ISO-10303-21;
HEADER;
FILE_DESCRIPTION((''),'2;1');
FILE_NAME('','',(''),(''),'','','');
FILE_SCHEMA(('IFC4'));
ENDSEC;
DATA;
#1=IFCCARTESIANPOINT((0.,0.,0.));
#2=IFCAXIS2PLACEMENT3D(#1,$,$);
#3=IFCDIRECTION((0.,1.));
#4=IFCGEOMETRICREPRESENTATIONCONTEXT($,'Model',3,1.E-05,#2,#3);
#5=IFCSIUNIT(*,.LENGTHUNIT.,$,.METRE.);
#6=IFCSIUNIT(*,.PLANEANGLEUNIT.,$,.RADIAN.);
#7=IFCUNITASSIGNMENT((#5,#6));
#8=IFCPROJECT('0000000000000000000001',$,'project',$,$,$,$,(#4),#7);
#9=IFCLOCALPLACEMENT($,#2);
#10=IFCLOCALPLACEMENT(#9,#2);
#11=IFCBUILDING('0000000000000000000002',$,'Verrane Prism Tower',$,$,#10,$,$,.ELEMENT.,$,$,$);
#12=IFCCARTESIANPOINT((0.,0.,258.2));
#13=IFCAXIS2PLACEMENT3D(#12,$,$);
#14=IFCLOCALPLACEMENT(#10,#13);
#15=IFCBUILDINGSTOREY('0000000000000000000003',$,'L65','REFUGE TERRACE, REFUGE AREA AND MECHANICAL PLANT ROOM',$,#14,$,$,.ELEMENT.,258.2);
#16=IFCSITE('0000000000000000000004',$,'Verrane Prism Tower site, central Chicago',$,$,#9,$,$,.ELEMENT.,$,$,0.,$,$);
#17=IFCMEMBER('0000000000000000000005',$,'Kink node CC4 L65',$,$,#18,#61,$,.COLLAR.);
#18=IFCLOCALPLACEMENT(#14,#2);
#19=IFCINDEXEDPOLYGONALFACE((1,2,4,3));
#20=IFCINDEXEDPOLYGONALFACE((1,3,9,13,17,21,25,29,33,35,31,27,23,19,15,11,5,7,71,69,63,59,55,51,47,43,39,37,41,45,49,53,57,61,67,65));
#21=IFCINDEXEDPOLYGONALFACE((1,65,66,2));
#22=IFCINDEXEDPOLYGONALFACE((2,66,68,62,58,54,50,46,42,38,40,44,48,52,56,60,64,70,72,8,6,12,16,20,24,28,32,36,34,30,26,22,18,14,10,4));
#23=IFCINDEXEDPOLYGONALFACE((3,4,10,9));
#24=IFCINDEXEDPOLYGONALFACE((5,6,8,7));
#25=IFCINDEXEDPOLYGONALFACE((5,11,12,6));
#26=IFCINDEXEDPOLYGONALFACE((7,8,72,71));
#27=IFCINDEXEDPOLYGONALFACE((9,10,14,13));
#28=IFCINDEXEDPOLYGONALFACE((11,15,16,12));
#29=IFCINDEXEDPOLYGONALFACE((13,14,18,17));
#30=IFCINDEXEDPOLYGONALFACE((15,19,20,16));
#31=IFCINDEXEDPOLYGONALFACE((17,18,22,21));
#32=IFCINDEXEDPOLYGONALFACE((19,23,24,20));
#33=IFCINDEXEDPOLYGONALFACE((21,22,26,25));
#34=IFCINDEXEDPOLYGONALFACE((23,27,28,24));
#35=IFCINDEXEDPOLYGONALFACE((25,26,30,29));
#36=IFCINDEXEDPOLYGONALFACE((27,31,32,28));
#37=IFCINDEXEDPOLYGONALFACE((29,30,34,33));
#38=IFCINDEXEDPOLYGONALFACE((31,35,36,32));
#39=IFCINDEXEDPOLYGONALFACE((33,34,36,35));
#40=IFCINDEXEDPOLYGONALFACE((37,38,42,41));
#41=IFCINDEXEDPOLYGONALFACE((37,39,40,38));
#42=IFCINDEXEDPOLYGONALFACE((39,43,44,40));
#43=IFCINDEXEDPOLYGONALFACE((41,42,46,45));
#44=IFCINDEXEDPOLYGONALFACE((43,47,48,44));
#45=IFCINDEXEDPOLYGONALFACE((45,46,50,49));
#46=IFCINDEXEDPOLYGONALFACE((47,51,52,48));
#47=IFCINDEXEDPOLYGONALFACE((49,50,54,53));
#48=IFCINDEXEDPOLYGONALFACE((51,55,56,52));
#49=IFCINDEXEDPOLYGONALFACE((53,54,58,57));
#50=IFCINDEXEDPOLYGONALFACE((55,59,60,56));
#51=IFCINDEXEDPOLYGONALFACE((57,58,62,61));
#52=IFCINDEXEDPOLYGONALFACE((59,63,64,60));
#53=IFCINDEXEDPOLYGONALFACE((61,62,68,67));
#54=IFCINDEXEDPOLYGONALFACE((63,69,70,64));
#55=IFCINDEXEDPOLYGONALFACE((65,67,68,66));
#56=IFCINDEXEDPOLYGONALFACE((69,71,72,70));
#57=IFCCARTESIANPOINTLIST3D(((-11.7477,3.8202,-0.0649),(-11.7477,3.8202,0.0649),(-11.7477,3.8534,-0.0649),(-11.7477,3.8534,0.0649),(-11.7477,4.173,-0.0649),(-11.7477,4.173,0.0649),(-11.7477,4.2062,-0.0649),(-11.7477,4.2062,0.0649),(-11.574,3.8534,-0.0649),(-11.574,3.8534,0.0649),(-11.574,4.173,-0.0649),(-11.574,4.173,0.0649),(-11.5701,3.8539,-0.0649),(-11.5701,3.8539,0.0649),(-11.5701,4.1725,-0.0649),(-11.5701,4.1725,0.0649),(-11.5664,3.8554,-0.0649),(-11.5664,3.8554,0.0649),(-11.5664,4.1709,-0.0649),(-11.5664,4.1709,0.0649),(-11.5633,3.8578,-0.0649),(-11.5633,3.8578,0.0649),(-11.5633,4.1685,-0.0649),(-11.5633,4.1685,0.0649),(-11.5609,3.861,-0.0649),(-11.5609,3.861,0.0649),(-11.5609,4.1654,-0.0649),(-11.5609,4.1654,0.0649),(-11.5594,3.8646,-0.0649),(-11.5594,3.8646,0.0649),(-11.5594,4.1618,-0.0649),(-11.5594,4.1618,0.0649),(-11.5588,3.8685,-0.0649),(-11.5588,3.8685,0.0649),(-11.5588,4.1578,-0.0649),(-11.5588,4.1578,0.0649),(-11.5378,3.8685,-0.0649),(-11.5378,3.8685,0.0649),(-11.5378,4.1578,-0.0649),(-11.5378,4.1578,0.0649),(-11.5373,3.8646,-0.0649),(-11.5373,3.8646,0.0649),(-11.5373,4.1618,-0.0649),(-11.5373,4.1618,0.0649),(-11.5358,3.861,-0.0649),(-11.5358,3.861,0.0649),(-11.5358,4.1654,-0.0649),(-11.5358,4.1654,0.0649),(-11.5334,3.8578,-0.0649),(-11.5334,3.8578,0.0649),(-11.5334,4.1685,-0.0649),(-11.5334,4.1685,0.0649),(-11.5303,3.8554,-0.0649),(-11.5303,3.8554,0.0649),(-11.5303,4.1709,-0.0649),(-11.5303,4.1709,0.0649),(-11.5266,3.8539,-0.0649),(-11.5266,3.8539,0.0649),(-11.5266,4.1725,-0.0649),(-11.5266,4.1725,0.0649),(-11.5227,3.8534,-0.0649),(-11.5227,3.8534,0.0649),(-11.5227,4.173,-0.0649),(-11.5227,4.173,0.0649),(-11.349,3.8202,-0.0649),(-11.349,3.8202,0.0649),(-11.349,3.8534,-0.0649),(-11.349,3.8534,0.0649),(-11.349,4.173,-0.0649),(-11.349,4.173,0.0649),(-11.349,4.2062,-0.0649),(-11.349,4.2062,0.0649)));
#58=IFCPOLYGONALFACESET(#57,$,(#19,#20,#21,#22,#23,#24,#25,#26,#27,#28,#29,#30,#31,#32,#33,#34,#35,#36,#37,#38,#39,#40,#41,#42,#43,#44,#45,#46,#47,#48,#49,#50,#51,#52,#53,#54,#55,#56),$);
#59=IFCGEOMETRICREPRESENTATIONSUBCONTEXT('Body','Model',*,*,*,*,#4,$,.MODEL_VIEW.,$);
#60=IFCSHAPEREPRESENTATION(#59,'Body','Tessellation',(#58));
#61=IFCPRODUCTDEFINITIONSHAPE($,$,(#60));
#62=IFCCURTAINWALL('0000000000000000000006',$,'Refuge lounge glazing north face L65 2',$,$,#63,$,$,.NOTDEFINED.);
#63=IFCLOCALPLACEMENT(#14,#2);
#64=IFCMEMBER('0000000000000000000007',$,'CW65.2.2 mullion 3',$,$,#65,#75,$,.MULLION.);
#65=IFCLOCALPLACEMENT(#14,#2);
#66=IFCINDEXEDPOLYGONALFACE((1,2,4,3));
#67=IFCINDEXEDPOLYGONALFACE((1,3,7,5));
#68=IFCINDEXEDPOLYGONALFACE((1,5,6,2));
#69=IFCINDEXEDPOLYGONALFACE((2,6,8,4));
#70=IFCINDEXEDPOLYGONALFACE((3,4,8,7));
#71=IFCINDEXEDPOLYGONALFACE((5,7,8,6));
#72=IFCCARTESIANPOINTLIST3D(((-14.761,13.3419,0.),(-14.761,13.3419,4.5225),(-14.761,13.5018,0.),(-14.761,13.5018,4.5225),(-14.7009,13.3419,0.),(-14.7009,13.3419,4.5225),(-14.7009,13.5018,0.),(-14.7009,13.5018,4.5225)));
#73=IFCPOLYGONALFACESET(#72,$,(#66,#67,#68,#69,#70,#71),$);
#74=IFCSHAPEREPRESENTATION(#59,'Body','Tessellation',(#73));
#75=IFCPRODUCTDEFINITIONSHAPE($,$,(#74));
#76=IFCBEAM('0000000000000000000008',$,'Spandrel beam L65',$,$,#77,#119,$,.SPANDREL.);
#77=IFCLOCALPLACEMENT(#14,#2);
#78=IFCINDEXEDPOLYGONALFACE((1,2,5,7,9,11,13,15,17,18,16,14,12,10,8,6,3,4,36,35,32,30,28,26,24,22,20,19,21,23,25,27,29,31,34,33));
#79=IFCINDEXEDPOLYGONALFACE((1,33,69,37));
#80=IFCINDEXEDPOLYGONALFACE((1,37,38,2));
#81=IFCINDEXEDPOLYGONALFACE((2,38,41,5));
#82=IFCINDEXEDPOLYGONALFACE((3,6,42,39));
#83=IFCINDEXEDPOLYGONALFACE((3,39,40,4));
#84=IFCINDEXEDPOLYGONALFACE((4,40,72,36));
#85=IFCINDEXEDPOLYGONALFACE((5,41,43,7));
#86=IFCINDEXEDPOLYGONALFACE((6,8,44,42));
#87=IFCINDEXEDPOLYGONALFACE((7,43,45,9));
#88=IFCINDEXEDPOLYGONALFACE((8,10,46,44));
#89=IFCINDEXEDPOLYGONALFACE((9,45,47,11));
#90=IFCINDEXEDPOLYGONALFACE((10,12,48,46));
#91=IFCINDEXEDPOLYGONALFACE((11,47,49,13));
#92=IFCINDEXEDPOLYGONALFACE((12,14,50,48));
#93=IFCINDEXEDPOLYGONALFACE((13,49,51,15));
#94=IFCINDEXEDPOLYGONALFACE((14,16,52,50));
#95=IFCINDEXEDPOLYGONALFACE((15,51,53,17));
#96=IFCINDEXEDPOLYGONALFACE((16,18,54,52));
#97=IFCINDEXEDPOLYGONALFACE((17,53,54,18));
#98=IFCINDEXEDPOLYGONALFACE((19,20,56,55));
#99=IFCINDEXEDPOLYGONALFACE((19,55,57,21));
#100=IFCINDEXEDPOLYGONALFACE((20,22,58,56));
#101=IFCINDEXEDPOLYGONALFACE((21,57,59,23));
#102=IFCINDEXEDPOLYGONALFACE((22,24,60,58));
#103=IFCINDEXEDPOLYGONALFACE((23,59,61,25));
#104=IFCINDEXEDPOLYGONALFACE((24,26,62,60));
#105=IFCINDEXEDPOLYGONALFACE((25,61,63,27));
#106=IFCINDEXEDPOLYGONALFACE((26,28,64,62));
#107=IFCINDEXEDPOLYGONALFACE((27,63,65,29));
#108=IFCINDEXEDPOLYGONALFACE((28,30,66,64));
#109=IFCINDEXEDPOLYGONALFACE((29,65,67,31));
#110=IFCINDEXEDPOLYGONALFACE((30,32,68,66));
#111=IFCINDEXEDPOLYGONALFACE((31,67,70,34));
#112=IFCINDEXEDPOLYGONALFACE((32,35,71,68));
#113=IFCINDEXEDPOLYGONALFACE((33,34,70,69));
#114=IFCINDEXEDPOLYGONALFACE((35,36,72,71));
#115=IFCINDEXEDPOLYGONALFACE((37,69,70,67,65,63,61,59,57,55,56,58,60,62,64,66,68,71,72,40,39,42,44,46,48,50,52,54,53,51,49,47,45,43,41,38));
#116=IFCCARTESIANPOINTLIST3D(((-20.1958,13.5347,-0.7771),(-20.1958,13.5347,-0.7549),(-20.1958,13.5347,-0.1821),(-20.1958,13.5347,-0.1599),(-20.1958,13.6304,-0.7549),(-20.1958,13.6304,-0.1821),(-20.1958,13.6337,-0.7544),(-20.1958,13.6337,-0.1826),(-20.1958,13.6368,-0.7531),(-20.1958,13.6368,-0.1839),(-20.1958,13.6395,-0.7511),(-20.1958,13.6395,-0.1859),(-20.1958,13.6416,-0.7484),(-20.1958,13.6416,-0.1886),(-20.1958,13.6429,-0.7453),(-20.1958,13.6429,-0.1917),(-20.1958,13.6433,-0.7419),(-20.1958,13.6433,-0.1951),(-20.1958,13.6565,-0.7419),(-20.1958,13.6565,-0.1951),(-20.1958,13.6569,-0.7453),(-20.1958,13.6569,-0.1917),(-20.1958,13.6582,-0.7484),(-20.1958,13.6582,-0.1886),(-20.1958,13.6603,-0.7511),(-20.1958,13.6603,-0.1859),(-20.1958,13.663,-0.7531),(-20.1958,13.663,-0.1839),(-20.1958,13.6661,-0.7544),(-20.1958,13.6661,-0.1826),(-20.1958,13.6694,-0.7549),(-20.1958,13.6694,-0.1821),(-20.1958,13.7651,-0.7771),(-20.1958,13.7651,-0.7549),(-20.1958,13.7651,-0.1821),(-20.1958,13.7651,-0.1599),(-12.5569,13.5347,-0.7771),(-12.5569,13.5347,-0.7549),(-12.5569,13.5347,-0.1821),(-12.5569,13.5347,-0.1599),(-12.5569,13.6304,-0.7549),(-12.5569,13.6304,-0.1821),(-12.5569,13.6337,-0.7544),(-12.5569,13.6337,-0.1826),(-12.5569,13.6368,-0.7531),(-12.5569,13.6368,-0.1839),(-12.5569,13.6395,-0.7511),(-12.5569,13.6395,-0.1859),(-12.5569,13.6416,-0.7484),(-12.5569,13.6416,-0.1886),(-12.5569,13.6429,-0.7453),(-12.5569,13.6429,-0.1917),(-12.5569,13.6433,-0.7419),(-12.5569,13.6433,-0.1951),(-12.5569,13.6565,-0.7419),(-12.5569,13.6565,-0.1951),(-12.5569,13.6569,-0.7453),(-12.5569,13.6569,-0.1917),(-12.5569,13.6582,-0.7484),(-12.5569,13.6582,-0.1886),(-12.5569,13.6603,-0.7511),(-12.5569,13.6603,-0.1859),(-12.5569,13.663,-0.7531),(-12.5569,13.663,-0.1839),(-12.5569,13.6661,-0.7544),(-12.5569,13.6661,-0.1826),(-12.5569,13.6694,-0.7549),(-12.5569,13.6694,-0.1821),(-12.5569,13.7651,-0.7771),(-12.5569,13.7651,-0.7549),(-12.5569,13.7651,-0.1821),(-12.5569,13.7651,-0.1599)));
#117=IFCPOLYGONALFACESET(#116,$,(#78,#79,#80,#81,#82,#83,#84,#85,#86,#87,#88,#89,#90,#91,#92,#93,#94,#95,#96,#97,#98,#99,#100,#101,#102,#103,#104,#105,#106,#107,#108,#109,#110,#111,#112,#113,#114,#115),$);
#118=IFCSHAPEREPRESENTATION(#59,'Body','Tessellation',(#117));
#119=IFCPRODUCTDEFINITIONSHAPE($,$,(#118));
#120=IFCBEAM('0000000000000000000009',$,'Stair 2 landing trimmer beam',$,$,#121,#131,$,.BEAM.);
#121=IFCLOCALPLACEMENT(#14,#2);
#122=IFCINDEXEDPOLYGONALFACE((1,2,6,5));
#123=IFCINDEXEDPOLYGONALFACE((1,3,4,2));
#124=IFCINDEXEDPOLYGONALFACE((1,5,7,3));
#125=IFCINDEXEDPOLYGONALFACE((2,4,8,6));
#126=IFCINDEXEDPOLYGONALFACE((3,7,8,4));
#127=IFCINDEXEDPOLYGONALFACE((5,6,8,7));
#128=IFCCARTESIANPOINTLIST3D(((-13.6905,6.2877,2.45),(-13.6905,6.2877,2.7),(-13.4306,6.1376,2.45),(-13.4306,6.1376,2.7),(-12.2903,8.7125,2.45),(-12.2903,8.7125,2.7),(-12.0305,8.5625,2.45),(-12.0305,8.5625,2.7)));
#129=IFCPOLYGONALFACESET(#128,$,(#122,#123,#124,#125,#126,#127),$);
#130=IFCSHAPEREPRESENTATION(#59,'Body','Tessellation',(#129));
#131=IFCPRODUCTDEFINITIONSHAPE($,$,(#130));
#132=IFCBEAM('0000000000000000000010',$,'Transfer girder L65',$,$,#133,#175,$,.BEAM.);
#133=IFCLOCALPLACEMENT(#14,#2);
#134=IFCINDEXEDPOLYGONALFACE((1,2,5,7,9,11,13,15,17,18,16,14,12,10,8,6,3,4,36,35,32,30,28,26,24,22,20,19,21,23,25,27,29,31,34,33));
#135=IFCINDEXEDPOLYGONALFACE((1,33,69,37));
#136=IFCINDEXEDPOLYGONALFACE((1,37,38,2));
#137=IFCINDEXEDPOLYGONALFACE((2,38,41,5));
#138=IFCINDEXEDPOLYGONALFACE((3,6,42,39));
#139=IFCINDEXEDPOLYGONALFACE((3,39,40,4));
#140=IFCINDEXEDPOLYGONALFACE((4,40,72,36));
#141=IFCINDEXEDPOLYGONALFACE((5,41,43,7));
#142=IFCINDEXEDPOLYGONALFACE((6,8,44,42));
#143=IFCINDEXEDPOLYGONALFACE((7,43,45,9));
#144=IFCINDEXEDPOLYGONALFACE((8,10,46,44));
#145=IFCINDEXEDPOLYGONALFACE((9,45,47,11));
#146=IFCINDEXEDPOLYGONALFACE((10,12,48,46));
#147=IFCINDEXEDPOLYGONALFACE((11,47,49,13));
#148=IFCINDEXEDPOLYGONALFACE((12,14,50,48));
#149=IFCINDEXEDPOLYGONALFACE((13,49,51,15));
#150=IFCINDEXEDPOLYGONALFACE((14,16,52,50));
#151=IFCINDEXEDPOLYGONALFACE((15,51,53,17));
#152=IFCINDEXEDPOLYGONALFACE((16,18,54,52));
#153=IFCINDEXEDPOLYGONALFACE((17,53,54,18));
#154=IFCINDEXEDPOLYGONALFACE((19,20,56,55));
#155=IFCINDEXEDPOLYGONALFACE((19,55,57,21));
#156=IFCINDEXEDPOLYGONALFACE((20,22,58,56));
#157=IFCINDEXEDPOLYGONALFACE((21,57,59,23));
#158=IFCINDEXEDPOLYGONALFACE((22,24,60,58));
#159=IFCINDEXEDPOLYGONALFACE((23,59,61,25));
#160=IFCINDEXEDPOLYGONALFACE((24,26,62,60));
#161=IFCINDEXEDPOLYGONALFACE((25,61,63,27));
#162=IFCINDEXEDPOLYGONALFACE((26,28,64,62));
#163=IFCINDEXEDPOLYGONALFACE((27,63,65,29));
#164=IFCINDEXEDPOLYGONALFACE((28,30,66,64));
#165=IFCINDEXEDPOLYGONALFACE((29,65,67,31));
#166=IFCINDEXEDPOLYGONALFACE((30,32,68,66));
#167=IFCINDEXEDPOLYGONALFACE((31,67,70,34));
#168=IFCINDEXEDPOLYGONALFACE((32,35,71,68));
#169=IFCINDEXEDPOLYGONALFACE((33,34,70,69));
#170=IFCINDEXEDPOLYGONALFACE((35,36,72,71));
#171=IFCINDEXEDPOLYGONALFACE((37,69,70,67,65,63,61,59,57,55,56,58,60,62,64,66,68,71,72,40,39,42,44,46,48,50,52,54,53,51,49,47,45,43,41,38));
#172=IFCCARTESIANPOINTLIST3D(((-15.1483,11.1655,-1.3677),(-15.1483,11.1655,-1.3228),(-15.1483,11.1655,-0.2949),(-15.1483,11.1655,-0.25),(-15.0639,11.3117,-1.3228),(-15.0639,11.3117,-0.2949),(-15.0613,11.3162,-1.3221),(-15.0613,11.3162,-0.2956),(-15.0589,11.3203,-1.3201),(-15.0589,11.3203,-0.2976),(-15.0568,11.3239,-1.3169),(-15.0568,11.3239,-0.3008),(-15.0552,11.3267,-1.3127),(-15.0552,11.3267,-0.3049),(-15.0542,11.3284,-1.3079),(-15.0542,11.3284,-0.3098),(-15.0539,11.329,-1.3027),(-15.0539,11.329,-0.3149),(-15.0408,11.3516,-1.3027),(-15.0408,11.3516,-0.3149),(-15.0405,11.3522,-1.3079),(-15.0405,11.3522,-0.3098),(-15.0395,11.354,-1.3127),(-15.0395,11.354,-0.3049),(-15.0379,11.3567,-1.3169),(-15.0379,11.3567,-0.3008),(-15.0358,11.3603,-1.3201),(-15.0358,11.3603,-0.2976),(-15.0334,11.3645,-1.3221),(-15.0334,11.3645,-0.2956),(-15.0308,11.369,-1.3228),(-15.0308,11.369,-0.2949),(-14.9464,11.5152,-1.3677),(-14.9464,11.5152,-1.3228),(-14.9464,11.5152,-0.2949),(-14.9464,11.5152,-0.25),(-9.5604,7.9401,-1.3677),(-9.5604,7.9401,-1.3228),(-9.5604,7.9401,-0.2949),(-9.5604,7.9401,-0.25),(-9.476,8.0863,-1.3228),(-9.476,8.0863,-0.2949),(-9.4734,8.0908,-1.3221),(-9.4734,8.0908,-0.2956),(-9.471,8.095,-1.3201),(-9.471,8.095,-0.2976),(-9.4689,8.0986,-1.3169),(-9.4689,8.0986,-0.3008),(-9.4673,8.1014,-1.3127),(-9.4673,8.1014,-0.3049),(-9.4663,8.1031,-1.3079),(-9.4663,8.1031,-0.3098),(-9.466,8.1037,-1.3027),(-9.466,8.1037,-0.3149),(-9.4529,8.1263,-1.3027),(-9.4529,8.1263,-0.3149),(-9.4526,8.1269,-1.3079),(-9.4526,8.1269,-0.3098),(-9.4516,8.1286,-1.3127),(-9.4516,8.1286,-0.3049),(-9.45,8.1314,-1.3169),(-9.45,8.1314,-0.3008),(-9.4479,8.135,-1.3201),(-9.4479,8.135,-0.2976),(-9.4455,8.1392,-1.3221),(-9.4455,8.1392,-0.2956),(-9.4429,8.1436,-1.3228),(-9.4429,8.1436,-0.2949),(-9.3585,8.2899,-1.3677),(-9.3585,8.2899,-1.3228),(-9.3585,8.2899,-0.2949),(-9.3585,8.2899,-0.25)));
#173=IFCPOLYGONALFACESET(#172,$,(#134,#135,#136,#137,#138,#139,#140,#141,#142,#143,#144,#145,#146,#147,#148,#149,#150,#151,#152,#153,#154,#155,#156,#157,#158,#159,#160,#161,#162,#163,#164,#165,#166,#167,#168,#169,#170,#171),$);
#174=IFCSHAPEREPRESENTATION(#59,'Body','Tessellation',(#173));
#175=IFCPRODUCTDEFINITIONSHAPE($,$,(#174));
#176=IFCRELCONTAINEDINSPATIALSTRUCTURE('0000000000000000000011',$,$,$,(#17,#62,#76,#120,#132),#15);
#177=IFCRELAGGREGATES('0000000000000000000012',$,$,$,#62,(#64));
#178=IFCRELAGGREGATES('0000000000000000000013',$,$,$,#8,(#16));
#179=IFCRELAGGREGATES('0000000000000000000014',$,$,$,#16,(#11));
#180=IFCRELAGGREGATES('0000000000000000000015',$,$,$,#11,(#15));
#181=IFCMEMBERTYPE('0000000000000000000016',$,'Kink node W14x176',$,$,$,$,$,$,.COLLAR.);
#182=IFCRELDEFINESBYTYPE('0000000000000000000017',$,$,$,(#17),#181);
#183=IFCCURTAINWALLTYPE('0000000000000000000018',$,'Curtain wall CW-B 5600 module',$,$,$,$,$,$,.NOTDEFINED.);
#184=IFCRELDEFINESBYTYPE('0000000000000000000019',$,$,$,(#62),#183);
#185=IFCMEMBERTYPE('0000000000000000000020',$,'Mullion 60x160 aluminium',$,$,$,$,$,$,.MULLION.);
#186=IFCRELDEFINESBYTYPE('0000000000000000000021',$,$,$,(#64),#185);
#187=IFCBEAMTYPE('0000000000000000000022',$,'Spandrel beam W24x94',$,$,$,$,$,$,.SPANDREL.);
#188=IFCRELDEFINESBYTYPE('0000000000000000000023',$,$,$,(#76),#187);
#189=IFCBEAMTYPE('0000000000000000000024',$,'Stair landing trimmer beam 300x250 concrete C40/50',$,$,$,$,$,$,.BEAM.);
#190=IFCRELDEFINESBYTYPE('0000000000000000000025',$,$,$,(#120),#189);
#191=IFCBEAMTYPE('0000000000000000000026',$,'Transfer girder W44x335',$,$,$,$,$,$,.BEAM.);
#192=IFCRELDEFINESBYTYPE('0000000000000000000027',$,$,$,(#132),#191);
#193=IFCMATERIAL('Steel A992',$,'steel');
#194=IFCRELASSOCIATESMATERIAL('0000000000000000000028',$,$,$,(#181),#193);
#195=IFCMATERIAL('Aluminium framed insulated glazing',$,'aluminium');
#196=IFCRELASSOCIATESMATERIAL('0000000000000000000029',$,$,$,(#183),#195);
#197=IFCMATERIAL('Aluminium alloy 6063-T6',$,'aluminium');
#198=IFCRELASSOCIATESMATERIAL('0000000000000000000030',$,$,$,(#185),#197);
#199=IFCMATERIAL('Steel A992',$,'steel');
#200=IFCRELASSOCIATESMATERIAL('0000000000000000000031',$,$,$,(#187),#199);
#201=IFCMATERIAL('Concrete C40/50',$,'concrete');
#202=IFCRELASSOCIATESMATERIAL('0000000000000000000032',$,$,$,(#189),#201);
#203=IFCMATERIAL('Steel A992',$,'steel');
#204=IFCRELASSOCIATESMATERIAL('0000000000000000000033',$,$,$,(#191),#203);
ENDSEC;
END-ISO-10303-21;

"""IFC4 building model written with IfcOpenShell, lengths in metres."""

from ifc_helpers import new_model, si_unit, direction, frame, origin, origin_2d, place, context, subcontext, project, spatial, rectangle, i_section, extrude, material, material_profile, profile_set, type_object, element, aggregate, save


model = new_model("IFC4")

# Units and contexts
model_context = context("Model", 3, precision=1e-05, world=origin(), true_north=direction((0.0, 1.0)))
body_context = subcontext(model_context, "Body", "Model", "MODEL_VIEW")
ifc_project = project(units=[si_unit("LENGTHUNIT", "METRE"), si_unit("PLANEANGLEUNIT", "RADIAN")], contexts=[model_context])

# Site, building, storey
site_placement = place(None, origin())
site = spatial("IfcSite", under=ifc_project, at=site_placement, Name="Verrane Prism Tower site, central Chicago", CompositionType="ELEMENT", RefElevation=0.0)
building_placement = place(site_placement, origin())
building = spatial("IfcBuilding", under=site, at=building_placement, Name="Verrane Prism Tower", CompositionType="ELEMENT")
storey_placement = place(building_placement, frame((0.0, 0.0, 258.2)))
storey = spatial("IfcBuildingStorey", under=building, at=storey_placement, Name="L65", Description="REFUGE TERRACE, REFUGE AREA AND MECHANICAL PLANT ROOM", CompositionType="ELEMENT", Elevation=258.2)

# Member
ifc_material_1 = material(Name="Steel A992", Category="steel")
ifc_material_profile_1 = material_profile(ifc_material_1, i_section(OverallWidth=0.3987, OverallDepth=0.386, WebThickness=0.021, FlangeThickness=0.0332, FilletRadius=0.0151, at=origin_2d()), Name="W14x176")
ifc_profile_set_1 = profile_set([ifc_material_profile_1], Name="Steel A992")
member_type_1 = type_object("IfcMemberType", Name="Kink node W14x176", PredefinedType="COLLAR", material=ifc_profile_set_1)
member_1_placement = place(storey_placement, frame((-11.5483, 4.0132, -0.0649), z_axis=(0.0, 0.0, 1.0), x_axis=(1.0, 0.0, 0.0)))
element("IfcMember", 1, at=member_1_placement, inside=storey, type_object=member_type_1, Name="Kink node CC4 L65", PredefinedType="COLLAR", context=body_context, shape_type="SweptSolid", body=[
    extrude(i_section(OverallWidth=0.3987, OverallDepth=0.386, WebThickness=0.021, FlangeThickness=0.0332, FilletRadius=0.0151, at=origin_2d()), origin(), (0.0, 0.0, 1.0), 0.1299),
])

# Curtain wall, member
ifc_material_2 = material(Name="Aluminium framed insulated glazing", Category="aluminium")
curtain_wall_type = type_object("IfcCurtainWallType", Name="Curtain wall CW-B 5600 module", PredefinedType="NOTDEFINED", material=ifc_material_2)
curtain_wall_placement = place(storey_placement, origin())
curtain_wall = element("IfcCurtainWall", 2, at=curtain_wall_placement, inside=storey, type_object=curtain_wall_type, Name="Refuge lounge glazing north face L65 2", PredefinedType="NOTDEFINED")
ifc_material_3 = material(Name="Aluminium alloy 6063-T6", Category="aluminium")
ifc_material_profile_2 = material_profile(ifc_material_3, rectangle(XDim=0.1599, YDim=0.0601, at=origin_2d()), Name="Mullion 60x160 aluminium")
ifc_profile_set_2 = profile_set([ifc_material_profile_2], Name="Aluminium alloy 6063-T6")
member_type_2 = type_object("IfcMemberType", Name="Mullion 60x160 aluminium", PredefinedType="MULLION", material=ifc_profile_set_2)
member_2_placement = place(storey_placement, frame((-14.731, 13.4219, 0.0), z_axis=(0.0, 0.0, 1.0), x_axis=(0.0, -1.0, 0.0)))
member_2 = element("IfcMember", 3, at=member_2_placement, type_object=member_type_2, Name="CW65.2.2 mullion 3", PredefinedType="MULLION", context=body_context, shape_type="SweptSolid", body=[
    extrude(rectangle(XDim=0.1599, YDim=0.0601, at=origin_2d()), origin(), (0.0, 0.0, 1.0), 4.5225),
])

# Beams
ifc_material_4 = material(Name="Steel A992", Category="steel")
ifc_material_profile_3 = material_profile(ifc_material_4, i_section(OverallWidth=0.2305, OverallDepth=0.6172, WebThickness=0.0132, FlangeThickness=0.0222, FilletRadius=0.0129, at=origin_2d()), Name="W24x94")
ifc_profile_set_3 = profile_set([ifc_material_profile_3], Name="Steel A992")
beam_type_1 = type_object("IfcBeamType", Name="Spandrel beam W24x94", PredefinedType="SPANDREL", material=ifc_profile_set_3)
beam_1_placement = place(storey_placement, frame((-12.5569, 13.6499, -0.4685), z_axis=(-1.0, 0.0, 0.0), x_axis=(0.0, -1.0, 0.0)))
element("IfcBeam", 4, at=beam_1_placement, inside=storey, type_object=beam_type_1, Name="Spandrel beam L65", PredefinedType="SPANDREL", context=body_context, shape_type="SweptSolid", body=[
    extrude(i_section(OverallWidth=0.2305, OverallDepth=0.6172, WebThickness=0.0132, FlangeThickness=0.0222, FilletRadius=0.0129, at=origin_2d()), origin(), (0.0, 0.0, 1.0), 7.6389),
])
ifc_material_5 = material(Name="Concrete C40/50", Category="concrete")
ifc_material_profile_4 = material_profile(ifc_material_5, rectangle(XDim=0.3, YDim=0.25, at=origin_2d()), Name="RC 300x250")
ifc_profile_set_4 = profile_set([ifc_material_profile_4], Name="Concrete C40/50")
beam_type_2 = type_object("IfcBeamType", Name="Stair landing trimmer beam 300x250 concrete C40/50", PredefinedType="BEAM", material=ifc_profile_set_4)
beam_2_placement = place(storey_placement, frame((-13.5605, 6.2126, 2.575), z_axis=(0.50005, 0.865997, 0.0), x_axis=(-0.865997, 0.50005, 0.0)))
element("IfcBeam", 5, at=beam_2_placement, inside=storey, type_object=beam_type_2, Name="Stair 2 landing trimmer beam", PredefinedType="BEAM", context=body_context, shape_type="SweptSolid", body=[
    extrude(rectangle(XDim=0.3, YDim=0.25, at=origin_2d()), origin(), (0.0, 0.0, 1.0), 2.8),
])
ifc_material_6 = material(Name="Steel A992", Category="steel")
ifc_material_profile_5 = material_profile(ifc_material_6, i_section(OverallWidth=0.4038, OverallDepth=1.1177, WebThickness=0.0261, FlangeThickness=0.0449, FilletRadius=0.02, at=origin_2d()), Name="W44x335")
ifc_profile_set_5 = profile_set([ifc_material_profile_5], Name="Steel A992")
beam_type_3 = type_object("IfcBeamType", Name="Transfer girder W44x335", PredefinedType="BEAM", material=ifc_profile_set_5)
beam_3_placement = place(storey_placement, frame((-9.4595, 8.115, -0.8088), z_axis=(-0.866081, 0.499904, 0.0), x_axis=(-0.499904, -0.866081, 0.0)))
element("IfcBeam", 6, at=beam_3_placement, inside=storey, type_object=beam_type_3, Name="Transfer girder L65", PredefinedType="BEAM", context=body_context, shape_type="SweptSolid", body=[
    extrude(i_section(OverallWidth=0.4038, OverallDepth=1.1177, WebThickness=0.0261, FlangeThickness=0.0449, FilletRadius=0.02, at=origin_2d()), origin(), (0.0, 0.0, 1.0), 6.4519),
])

aggregate(curtain_wall, [member_2])

save(model, "model.ifc")
